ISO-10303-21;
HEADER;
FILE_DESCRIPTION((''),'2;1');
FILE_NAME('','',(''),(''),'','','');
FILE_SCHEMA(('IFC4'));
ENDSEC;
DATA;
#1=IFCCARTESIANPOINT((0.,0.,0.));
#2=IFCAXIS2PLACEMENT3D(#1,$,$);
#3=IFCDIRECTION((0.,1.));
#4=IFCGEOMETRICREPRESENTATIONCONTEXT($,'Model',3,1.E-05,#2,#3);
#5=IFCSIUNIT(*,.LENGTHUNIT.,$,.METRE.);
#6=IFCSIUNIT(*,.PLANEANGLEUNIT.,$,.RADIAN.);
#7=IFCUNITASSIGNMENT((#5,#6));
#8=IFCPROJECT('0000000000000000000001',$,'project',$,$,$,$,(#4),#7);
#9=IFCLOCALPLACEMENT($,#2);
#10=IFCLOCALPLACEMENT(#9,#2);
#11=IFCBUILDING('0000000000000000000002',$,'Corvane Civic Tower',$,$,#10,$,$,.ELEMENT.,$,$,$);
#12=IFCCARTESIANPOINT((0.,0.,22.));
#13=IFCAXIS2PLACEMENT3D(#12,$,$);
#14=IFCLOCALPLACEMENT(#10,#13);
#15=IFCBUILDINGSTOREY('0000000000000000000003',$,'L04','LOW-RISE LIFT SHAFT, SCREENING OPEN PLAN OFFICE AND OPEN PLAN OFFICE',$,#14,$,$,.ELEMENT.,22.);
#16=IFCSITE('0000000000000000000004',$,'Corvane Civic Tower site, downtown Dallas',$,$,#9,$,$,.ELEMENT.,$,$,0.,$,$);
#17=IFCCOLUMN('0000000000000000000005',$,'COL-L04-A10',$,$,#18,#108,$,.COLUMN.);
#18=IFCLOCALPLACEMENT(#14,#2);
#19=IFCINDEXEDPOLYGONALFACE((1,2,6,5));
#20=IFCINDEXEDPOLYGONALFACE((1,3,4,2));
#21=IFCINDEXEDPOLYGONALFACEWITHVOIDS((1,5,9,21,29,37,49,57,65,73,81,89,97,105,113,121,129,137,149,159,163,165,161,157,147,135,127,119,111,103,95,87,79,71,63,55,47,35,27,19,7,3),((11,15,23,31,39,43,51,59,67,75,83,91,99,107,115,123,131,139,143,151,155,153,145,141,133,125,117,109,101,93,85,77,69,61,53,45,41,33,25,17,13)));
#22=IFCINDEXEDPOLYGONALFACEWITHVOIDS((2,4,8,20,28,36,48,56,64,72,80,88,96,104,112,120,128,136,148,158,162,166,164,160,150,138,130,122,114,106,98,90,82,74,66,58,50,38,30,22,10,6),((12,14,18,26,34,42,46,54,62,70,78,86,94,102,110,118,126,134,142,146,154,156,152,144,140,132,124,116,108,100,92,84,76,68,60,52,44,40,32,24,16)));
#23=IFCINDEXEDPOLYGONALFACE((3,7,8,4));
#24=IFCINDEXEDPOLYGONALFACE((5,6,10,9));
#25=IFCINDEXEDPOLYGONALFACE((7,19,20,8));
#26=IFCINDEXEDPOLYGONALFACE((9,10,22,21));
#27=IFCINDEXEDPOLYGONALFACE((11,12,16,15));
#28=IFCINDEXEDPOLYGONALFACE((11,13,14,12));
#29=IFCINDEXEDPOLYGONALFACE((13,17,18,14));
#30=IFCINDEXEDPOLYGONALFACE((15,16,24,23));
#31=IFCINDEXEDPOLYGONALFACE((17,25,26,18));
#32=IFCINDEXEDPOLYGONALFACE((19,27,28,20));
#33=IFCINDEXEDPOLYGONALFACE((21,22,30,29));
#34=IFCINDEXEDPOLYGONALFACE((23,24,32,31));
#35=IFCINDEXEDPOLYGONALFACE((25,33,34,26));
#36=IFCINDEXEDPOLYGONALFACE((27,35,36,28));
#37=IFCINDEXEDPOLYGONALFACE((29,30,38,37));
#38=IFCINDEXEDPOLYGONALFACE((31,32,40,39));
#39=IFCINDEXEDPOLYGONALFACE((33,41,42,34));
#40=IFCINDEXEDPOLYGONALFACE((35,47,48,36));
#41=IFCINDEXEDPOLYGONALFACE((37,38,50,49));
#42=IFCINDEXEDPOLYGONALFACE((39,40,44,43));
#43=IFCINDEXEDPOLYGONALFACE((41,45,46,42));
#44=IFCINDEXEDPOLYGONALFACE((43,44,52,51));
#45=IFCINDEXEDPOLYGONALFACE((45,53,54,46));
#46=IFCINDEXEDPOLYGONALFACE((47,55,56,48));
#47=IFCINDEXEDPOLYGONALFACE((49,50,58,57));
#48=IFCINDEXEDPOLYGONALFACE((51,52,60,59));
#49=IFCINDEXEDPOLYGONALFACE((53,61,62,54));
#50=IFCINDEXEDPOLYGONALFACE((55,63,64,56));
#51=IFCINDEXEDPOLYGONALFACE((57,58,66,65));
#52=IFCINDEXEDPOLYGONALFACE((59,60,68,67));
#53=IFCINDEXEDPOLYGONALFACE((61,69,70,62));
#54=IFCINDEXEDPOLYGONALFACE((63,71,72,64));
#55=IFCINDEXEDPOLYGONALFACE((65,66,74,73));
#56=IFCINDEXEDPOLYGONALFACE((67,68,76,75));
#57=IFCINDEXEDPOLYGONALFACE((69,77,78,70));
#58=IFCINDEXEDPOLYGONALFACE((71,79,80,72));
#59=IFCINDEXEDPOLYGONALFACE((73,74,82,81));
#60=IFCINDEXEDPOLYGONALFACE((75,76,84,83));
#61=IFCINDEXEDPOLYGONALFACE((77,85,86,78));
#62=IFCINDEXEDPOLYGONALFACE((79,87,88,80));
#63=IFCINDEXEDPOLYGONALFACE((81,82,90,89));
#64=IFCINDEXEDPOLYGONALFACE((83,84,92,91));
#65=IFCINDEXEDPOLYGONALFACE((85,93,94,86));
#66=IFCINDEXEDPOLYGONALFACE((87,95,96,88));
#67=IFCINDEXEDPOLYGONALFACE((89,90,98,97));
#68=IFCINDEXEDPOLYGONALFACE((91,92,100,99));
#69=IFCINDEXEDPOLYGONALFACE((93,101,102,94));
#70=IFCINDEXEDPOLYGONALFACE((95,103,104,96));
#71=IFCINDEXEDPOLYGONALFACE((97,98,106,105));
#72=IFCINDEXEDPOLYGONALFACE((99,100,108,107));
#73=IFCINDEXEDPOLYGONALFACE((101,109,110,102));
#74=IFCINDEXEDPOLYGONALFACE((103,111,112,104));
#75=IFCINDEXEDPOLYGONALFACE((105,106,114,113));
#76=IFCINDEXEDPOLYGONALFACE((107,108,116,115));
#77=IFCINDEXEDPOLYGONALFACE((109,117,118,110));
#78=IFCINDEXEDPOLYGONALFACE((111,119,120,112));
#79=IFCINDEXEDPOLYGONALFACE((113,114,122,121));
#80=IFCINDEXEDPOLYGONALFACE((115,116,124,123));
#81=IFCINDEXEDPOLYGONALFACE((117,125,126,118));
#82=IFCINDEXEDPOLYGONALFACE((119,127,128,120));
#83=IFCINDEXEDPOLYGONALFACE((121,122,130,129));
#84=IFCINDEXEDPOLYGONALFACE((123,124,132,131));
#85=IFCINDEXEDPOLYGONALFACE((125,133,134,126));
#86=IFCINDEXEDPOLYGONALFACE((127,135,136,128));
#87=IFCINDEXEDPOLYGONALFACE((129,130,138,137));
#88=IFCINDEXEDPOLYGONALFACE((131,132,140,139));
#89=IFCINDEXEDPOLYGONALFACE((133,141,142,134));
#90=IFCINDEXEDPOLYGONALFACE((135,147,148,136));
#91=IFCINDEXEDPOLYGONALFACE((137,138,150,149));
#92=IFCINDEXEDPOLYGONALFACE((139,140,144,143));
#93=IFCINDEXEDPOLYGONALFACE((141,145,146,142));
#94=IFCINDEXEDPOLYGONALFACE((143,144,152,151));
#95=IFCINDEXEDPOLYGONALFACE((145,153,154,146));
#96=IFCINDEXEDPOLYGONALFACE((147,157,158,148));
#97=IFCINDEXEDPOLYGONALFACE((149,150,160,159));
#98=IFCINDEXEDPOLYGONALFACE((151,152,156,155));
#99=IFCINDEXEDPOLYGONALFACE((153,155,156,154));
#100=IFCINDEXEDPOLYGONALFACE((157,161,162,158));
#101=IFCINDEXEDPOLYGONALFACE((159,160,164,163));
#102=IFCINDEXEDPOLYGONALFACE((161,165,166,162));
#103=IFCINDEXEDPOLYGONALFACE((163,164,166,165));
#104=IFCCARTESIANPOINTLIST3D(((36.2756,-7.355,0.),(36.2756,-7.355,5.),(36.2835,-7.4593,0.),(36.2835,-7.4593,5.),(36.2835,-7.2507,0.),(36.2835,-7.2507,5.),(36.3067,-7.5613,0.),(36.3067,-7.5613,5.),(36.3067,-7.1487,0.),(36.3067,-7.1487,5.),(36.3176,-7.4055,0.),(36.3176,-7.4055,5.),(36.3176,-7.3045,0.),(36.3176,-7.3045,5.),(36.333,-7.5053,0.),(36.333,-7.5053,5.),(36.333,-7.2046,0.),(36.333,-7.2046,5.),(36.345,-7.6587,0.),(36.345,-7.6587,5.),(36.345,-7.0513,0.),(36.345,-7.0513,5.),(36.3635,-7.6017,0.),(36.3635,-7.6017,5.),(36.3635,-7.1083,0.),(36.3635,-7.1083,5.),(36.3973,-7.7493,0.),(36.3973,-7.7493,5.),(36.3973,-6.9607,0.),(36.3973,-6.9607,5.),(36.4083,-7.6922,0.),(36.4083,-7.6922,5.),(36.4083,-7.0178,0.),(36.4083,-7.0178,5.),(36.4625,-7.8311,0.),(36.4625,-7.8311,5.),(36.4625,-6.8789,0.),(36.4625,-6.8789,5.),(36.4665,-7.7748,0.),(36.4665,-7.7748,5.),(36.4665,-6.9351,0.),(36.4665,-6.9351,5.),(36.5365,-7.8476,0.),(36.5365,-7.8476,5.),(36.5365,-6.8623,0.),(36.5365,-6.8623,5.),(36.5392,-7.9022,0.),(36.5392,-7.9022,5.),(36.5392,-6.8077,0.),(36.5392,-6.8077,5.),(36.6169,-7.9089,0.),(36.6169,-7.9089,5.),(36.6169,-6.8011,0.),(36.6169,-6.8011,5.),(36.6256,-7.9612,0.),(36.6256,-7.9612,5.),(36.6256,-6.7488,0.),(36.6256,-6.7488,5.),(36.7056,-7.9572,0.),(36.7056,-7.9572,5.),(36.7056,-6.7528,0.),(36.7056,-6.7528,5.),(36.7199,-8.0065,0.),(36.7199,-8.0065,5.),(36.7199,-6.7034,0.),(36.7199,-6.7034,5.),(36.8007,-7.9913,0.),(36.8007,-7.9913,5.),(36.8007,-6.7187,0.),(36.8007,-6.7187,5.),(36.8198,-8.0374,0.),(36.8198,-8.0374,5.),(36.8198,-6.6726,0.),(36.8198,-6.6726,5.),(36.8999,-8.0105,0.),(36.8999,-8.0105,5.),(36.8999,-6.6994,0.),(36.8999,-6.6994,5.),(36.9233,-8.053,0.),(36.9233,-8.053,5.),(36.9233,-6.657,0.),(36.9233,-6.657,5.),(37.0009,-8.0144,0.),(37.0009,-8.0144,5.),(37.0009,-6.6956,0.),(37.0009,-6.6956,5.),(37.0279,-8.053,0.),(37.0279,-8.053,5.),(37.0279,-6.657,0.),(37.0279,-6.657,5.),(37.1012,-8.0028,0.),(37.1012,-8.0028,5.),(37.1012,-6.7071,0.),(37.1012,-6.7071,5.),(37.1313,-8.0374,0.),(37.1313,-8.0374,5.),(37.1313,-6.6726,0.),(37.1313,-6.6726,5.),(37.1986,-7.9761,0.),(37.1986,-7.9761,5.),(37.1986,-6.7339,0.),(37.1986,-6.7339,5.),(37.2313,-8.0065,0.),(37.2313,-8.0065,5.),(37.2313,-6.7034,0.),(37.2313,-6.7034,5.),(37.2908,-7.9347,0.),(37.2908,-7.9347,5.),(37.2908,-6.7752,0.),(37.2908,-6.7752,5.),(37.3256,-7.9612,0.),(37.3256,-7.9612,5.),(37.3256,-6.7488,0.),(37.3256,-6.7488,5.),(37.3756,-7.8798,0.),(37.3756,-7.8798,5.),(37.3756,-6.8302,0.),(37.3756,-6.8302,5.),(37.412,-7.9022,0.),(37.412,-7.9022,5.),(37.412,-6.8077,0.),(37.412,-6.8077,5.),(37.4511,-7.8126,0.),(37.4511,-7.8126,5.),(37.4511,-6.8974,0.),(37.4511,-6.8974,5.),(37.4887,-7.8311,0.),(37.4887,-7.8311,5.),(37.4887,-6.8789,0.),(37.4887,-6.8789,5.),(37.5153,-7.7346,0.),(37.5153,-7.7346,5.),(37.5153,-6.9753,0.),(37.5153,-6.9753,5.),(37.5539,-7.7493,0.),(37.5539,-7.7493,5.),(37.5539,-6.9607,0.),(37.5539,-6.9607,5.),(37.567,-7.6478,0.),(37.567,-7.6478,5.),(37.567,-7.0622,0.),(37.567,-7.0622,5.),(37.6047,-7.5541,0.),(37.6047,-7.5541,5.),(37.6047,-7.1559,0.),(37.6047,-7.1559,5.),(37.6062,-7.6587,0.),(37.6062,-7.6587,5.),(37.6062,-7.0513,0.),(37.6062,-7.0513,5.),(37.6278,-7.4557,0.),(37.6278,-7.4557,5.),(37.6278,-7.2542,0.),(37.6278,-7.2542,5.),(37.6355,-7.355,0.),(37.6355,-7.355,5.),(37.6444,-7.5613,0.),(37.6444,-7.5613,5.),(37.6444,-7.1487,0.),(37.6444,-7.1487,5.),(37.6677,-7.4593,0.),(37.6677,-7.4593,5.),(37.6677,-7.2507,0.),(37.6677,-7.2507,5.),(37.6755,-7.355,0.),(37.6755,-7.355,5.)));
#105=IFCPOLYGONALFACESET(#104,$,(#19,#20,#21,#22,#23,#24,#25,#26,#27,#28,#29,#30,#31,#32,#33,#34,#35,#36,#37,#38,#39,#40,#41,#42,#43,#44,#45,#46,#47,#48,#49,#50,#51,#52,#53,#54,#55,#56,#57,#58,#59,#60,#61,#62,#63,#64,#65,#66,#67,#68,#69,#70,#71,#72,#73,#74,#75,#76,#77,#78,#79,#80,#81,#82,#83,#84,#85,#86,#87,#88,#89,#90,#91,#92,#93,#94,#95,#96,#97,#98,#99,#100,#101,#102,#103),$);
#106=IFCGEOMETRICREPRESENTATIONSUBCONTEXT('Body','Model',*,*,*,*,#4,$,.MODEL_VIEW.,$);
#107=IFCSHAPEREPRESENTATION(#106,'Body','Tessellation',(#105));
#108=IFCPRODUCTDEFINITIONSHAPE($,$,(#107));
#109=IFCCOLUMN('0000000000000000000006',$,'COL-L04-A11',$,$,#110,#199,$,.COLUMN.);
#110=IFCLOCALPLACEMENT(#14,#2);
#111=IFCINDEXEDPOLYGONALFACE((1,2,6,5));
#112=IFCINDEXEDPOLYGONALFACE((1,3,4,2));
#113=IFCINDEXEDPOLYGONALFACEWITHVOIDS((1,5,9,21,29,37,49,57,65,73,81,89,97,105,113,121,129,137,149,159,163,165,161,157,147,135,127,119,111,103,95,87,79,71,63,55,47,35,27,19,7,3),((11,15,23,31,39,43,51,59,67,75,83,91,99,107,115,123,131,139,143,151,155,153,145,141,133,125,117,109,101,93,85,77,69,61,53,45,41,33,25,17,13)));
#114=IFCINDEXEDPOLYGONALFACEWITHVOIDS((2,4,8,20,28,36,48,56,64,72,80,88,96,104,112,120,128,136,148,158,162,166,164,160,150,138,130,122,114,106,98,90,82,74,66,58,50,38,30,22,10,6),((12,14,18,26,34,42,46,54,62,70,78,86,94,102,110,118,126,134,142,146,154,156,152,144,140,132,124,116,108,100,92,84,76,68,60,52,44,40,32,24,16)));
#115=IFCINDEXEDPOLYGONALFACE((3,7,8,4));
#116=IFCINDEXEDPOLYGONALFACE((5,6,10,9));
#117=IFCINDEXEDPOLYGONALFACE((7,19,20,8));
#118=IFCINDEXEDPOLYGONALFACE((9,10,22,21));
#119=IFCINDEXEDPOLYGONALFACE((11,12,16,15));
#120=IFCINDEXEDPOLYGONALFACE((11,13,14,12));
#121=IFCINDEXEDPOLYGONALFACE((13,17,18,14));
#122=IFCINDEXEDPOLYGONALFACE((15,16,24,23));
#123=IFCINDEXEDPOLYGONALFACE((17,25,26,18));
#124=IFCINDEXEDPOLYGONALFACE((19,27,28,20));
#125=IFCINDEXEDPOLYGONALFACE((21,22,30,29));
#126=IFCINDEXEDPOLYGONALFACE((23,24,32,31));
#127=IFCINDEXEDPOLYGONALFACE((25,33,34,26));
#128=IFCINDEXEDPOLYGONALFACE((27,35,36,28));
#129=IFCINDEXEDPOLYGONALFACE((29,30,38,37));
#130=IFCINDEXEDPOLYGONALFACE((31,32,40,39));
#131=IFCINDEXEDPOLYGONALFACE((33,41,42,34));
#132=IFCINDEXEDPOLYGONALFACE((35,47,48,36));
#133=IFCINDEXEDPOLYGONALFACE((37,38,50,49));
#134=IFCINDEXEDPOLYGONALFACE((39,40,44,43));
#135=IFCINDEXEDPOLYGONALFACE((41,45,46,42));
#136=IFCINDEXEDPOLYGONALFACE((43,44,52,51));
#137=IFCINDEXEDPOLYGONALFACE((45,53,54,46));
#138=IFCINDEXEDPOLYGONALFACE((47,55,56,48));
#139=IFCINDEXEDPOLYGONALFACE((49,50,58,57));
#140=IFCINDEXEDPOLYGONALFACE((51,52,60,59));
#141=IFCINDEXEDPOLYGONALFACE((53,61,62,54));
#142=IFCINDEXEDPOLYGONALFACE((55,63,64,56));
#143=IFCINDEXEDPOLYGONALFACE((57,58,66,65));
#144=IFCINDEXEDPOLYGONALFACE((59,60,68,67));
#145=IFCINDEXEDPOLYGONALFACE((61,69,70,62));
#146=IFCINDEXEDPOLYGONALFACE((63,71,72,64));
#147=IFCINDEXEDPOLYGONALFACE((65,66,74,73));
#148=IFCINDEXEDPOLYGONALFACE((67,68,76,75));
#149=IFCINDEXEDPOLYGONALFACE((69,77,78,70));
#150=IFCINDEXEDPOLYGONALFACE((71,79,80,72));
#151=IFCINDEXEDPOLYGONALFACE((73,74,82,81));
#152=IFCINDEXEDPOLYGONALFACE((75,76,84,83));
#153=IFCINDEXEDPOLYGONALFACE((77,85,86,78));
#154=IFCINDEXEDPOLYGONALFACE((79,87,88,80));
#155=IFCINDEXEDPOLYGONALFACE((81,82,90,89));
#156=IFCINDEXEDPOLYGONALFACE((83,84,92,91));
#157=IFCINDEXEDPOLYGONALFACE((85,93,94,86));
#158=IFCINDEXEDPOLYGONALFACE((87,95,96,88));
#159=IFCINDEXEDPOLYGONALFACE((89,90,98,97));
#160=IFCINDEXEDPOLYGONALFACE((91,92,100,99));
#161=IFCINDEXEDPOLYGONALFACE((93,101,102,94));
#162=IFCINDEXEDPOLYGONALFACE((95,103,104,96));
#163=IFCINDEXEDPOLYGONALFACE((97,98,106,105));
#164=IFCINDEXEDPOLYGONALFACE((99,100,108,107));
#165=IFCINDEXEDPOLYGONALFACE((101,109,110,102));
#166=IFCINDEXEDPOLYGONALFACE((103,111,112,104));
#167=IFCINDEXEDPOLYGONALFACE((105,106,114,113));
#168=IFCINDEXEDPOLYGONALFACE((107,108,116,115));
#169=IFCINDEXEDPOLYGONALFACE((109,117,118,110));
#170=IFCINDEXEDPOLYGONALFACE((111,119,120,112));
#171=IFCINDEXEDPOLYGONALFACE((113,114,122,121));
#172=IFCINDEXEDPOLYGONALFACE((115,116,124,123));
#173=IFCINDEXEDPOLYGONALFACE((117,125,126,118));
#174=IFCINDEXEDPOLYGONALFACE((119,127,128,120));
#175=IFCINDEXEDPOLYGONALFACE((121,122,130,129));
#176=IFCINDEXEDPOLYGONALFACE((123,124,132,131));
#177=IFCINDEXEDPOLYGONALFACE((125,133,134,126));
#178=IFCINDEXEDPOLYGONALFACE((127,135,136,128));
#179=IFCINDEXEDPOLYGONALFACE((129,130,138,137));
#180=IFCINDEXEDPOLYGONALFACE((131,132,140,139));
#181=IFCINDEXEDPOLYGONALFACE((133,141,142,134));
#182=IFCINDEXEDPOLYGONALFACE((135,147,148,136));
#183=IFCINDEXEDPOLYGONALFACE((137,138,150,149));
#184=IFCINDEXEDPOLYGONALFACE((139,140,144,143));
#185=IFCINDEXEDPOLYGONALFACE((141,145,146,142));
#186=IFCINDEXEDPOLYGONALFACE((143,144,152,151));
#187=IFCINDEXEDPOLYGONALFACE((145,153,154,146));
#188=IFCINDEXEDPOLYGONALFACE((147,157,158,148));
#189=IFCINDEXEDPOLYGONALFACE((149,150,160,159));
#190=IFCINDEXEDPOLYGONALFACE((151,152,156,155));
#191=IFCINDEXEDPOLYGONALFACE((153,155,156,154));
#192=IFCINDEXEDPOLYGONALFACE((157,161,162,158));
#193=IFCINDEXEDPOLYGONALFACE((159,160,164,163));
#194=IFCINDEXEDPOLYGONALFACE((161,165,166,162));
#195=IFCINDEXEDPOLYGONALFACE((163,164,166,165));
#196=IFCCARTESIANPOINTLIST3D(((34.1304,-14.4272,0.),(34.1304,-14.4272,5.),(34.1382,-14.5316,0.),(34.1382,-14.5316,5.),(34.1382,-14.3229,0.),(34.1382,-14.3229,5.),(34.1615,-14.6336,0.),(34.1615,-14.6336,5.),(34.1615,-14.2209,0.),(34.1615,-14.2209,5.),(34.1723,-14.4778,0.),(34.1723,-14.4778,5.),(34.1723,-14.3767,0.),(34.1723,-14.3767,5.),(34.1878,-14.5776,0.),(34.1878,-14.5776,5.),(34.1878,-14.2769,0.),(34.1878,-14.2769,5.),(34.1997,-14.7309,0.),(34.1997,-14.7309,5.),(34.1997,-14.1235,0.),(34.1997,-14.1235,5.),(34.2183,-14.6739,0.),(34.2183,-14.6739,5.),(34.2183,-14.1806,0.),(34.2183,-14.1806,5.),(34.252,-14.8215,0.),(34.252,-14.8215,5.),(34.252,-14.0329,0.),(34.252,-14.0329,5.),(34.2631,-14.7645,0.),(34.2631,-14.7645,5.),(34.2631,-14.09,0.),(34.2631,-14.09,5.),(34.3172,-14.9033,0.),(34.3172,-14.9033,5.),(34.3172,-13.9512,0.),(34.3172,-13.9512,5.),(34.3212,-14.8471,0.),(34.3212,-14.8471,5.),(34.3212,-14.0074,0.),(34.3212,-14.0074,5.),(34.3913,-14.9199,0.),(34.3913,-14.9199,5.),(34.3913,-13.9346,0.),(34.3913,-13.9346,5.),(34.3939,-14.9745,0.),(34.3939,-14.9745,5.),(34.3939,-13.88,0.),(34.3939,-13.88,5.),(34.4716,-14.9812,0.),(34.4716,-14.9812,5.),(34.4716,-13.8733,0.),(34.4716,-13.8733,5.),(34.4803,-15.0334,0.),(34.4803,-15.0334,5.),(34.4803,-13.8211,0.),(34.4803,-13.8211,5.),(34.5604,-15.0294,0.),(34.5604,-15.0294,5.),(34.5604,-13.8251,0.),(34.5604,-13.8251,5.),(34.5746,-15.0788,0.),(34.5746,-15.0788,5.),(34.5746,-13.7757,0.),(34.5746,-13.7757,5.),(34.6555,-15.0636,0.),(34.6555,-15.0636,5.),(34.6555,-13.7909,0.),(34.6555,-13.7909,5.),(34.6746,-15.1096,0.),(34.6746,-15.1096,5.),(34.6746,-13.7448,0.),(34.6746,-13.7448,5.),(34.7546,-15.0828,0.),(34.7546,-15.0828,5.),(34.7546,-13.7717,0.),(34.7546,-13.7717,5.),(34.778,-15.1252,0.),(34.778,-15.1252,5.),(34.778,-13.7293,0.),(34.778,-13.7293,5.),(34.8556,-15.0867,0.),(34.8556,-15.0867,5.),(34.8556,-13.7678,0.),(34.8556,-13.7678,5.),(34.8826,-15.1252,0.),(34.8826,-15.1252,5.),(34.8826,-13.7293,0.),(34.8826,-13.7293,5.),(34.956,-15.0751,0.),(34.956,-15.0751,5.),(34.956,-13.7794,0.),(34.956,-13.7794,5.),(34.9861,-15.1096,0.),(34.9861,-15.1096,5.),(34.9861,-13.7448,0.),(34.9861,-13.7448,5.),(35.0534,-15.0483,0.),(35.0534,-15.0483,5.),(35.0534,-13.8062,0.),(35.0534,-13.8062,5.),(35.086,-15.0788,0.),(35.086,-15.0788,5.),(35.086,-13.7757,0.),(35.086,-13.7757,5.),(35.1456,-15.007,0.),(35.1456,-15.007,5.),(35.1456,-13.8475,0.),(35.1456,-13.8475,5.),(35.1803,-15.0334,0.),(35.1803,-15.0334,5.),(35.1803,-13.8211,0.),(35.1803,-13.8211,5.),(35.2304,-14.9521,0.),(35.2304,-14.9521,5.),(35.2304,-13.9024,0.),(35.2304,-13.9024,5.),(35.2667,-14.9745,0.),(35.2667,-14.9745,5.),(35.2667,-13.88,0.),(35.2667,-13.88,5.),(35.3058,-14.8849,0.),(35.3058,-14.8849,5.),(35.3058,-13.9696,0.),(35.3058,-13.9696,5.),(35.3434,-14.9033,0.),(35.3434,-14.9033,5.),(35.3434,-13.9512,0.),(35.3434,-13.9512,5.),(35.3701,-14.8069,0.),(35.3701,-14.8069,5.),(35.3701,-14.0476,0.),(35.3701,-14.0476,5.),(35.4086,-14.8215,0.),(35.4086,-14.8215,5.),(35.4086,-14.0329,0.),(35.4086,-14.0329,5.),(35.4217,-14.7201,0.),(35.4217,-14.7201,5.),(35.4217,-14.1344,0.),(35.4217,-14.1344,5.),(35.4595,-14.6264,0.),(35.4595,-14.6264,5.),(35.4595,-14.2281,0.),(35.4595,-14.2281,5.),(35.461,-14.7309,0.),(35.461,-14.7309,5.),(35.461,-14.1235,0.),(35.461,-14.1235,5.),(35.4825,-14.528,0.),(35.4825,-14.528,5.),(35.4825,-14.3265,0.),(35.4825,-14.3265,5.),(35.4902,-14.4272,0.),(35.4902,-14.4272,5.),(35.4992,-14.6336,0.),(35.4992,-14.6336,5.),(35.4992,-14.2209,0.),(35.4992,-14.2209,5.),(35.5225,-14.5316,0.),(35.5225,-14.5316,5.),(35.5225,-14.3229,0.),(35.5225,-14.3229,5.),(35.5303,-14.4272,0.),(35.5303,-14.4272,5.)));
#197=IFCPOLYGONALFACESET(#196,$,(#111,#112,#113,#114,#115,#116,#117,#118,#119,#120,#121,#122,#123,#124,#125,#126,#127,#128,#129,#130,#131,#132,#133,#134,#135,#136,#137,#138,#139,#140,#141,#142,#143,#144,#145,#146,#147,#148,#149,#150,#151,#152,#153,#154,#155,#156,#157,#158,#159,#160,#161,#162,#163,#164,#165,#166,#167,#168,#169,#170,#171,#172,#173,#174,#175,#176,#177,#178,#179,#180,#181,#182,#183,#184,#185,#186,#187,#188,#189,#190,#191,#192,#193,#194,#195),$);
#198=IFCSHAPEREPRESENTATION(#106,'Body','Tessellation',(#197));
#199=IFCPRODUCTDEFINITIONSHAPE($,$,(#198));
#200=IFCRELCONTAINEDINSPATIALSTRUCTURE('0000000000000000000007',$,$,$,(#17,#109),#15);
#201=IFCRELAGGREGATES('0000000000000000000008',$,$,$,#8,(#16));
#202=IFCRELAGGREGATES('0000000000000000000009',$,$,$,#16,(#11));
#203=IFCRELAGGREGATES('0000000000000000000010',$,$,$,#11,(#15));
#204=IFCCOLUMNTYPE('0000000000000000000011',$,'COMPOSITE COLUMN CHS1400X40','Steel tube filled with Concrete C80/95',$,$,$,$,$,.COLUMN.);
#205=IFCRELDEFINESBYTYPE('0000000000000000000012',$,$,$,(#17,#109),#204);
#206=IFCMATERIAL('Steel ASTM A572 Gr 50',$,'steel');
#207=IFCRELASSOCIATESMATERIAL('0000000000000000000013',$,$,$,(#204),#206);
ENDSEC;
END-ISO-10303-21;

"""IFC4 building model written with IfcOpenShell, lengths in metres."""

from ifc_helpers import new_model, si_unit, direction, frame, origin, origin_2d, place, context, subcontext, project, spatial, hollow_circle, extrude, material, material_profile, profile_set, type_object, element, save


model = new_model("IFC4")

# Units and contexts
model_context = context("Model", 3, precision=1e-05, world=origin(), true_north=direction((0.0, 1.0)))
body_context = subcontext(model_context, "Body", "Model", "MODEL_VIEW")
ifc_project = project(units=[si_unit("LENGTHUNIT", "METRE"), si_unit("PLANEANGLEUNIT", "RADIAN")], contexts=[model_context])

# Site, building, storey
site_placement = place(None, origin())
site = spatial("IfcSite", under=ifc_project, at=site_placement, Name="Corvane Civic Tower site, downtown Dallas", CompositionType="ELEMENT", RefElevation=0.0)
building_placement = place(site_placement, origin())
building = spatial("IfcBuilding", under=site, at=building_placement, Name="Corvane Civic Tower", CompositionType="ELEMENT")
storey_placement = place(building_placement, frame((0.0, 0.0, 22.0)))
storey = spatial("IfcBuildingStorey", under=building, at=storey_placement, Name="L04", Description="LOW-RISE LIFT SHAFT, SCREENING OPEN PLAN OFFICE AND OPEN PLAN OFFICE", CompositionType="ELEMENT", Elevation=22.0)

# Columns
ifc_material_1 = material(Name="Steel ASTM A572 Gr 50", Category="steel")
ifc_material_profile_1 = material_profile(ifc_material_1, hollow_circle(Radius=0.7, WallThickness=0.04, at=origin_2d()), Name="CHS1400X40")
ifc_profile_set_1 = profile_set([ifc_material_profile_1], Name="Steel ASTM A572 Gr 50")
column_type_1 = type_object("IfcColumnType", Name="COMPOSITE COLUMN CHS1400X40", Description="Steel tube filled with Concrete C80/95", PredefinedType="COLUMN", material=ifc_profile_set_1)
for number, where, z_axis, x_axis, name in (
    (1, (36.9756, -7.355, 0.0), (0.0, 0.0, 1.0), (1.0, 0.0, 0.0), "COL-L04-A10"),
    (2, (34.8303, -14.4272, 0.0), (0.0, 0.0, 1.0), (1.0, 0.0, 0.0), "COL-L04-A11"),
):
    element("IfcColumn", number, at=place(storey_placement, frame(where, z_axis=z_axis, x_axis=x_axis)), inside=storey, type_object=column_type_1, Name=name, PredefinedType="COLUMN", context=body_context, shape_type="SweptSolid", body=[
        extrude(hollow_circle(Radius=0.7, WallThickness=0.04, at=origin_2d()), origin(), (0.0, 0.0, 1.0), 5.0),
    ])

save(model, "model.ifc")
